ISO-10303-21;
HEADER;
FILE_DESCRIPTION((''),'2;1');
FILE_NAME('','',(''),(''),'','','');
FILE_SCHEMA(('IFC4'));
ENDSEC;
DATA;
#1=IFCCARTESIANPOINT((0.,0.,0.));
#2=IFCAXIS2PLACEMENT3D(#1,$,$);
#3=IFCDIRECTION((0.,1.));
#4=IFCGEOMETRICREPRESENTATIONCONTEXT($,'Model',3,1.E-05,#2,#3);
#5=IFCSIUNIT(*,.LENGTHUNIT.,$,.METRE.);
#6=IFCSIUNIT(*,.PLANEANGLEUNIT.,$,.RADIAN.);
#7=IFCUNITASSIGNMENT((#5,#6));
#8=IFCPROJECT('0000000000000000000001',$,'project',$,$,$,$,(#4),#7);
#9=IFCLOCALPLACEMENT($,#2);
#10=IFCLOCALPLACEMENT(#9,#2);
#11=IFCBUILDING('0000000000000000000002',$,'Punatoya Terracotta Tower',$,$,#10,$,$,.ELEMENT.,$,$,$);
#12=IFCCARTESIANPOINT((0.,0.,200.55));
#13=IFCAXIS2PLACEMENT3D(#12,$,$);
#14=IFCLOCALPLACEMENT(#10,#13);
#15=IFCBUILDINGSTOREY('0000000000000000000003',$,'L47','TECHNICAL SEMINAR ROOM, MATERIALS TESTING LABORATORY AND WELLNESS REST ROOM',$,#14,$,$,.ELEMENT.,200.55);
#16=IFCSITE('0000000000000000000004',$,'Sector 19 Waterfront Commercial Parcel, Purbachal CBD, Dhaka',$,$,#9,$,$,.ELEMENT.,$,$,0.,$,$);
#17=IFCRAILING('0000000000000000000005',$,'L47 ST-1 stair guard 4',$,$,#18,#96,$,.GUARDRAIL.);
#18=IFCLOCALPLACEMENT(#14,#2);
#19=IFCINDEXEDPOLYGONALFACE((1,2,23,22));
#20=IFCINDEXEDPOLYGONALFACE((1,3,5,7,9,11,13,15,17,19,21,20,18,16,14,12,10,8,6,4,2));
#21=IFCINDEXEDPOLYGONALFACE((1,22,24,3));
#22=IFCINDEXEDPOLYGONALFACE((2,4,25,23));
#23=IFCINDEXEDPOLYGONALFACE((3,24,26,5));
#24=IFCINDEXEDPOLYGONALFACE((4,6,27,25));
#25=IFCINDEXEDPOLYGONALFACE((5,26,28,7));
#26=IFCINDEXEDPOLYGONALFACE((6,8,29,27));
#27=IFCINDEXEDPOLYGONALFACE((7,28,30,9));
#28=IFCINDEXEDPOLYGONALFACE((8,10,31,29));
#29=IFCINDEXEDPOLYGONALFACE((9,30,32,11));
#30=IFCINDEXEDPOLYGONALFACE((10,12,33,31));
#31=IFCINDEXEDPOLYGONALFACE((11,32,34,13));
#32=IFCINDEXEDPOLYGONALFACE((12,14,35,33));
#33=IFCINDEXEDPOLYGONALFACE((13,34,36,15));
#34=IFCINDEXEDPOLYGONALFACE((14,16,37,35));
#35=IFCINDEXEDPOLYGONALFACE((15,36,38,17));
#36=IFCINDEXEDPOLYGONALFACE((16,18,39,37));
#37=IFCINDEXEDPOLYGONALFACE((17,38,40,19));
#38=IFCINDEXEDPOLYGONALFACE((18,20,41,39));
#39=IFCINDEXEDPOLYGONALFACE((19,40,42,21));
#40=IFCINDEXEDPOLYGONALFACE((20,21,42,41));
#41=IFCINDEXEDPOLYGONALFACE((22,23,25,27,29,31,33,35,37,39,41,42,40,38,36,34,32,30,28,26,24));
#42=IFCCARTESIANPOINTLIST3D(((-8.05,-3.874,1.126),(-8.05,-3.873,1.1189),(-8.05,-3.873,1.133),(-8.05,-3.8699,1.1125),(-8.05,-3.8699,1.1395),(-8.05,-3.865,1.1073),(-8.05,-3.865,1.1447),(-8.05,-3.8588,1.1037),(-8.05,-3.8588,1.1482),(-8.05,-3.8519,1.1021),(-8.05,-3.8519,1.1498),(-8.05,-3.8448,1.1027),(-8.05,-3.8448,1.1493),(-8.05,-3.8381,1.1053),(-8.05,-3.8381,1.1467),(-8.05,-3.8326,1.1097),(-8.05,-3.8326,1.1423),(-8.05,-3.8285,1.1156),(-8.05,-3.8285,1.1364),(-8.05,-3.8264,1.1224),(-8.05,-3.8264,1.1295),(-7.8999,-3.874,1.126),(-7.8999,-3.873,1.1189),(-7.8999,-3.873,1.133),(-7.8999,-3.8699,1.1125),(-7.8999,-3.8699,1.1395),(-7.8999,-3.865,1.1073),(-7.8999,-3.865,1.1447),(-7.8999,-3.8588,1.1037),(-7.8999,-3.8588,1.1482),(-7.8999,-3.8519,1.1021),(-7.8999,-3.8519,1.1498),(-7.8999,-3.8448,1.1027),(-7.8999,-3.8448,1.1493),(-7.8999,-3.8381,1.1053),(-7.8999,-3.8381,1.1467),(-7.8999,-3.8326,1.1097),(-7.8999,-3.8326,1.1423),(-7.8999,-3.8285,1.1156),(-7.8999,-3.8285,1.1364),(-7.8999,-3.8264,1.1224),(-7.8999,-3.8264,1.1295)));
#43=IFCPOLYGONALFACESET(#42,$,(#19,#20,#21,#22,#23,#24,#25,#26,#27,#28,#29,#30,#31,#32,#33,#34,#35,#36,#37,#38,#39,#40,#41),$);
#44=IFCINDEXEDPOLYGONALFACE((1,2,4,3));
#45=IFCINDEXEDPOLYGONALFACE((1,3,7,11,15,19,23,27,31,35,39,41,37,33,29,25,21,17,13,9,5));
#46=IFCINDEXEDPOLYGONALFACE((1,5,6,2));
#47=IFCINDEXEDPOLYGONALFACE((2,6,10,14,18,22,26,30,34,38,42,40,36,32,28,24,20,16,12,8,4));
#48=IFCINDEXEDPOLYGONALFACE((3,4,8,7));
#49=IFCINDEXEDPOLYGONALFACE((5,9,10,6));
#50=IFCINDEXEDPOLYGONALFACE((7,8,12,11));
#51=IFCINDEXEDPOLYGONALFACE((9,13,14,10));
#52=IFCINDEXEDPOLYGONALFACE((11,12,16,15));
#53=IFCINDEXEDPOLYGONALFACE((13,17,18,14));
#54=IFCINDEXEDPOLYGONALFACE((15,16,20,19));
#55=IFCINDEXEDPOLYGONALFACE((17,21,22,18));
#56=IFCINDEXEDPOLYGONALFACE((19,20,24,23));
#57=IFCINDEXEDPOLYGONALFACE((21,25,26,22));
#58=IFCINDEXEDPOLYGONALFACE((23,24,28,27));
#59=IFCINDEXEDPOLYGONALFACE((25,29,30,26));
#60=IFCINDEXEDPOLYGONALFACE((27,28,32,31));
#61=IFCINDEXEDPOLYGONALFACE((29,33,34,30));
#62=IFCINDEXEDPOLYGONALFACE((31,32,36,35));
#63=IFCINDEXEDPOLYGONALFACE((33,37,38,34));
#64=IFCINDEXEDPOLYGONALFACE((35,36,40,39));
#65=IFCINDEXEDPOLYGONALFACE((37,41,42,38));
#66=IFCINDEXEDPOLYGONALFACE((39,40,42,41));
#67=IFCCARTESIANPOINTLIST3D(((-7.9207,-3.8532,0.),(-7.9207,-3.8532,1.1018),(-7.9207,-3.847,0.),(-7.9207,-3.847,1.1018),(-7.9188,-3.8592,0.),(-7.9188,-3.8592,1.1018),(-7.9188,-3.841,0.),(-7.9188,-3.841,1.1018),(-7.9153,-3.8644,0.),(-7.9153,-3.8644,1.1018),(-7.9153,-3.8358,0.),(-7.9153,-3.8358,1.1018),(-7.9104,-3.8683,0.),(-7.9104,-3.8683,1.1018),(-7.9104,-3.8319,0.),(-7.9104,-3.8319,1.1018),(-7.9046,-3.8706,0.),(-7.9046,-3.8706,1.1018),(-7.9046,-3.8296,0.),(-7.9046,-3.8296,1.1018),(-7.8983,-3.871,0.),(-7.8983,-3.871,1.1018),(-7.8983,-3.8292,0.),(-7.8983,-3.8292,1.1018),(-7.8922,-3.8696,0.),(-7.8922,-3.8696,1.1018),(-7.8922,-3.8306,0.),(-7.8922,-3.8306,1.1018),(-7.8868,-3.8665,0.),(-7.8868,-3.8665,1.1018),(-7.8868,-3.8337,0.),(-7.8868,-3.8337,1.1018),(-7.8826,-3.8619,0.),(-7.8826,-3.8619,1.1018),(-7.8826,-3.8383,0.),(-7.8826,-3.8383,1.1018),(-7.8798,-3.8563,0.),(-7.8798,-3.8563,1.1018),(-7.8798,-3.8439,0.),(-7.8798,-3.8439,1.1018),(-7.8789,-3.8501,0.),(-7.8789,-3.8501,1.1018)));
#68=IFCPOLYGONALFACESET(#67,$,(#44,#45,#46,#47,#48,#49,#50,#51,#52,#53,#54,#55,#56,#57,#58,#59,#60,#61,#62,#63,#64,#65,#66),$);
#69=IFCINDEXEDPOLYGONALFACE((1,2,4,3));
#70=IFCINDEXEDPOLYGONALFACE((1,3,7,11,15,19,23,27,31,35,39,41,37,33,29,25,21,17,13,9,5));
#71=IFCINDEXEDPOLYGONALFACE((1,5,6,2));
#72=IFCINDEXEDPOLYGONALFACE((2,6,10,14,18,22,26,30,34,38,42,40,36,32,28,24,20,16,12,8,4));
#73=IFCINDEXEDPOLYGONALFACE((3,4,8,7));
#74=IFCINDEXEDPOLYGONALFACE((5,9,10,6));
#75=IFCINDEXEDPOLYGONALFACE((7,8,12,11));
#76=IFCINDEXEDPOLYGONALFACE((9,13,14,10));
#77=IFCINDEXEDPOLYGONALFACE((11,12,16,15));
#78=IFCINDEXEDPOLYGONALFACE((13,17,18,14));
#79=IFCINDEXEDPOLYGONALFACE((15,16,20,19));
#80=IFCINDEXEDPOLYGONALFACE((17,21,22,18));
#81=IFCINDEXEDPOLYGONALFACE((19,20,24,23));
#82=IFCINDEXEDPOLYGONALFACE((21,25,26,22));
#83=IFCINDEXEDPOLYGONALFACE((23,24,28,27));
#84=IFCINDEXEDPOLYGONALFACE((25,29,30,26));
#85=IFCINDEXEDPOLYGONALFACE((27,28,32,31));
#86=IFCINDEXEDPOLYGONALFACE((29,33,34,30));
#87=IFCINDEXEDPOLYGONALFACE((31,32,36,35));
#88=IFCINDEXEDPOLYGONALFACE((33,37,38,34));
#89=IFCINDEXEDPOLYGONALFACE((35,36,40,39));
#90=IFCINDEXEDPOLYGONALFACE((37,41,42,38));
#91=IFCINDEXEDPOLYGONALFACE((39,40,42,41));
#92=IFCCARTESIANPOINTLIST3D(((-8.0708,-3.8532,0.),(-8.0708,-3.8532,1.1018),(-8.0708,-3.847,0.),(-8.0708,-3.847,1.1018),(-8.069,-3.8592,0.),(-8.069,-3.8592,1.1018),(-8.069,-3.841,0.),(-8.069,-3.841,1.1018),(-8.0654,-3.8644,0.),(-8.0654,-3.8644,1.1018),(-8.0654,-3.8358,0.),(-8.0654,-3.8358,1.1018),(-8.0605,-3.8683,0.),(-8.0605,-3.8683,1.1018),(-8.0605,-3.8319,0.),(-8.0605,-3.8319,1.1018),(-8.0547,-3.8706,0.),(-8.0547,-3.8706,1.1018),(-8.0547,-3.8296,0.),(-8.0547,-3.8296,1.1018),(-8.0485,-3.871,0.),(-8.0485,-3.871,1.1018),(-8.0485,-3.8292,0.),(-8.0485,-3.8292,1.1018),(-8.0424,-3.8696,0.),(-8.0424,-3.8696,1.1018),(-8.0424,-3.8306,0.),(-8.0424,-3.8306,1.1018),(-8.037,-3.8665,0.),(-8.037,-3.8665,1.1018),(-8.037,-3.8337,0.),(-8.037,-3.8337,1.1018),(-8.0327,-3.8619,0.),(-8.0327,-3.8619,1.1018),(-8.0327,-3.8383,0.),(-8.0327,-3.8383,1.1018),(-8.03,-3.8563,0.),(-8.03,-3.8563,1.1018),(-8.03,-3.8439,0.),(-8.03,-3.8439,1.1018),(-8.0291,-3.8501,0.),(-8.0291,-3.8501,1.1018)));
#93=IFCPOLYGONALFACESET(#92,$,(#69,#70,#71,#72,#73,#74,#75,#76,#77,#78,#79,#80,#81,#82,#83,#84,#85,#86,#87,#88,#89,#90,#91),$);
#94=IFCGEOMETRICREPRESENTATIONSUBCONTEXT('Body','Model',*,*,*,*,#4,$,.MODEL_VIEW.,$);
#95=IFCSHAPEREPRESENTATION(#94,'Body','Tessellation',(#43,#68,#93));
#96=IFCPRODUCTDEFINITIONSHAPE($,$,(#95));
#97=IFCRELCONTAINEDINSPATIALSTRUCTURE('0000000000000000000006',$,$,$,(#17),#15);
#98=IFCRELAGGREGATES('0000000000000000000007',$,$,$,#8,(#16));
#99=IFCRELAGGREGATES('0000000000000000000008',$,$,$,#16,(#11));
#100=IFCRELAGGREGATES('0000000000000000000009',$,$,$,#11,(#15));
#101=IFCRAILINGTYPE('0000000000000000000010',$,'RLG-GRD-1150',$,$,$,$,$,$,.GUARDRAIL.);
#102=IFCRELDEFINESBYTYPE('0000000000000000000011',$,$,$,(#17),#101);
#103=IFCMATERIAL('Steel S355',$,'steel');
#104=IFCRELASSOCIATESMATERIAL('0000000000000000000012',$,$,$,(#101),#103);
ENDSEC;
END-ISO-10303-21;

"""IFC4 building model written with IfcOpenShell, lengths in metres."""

from ifc_helpers import new_model, si_unit, direction, frame, origin, origin_2d, place, context, subcontext, project, spatial, circle, extrude, material, type_object, element, save


model = new_model("IFC4")

# Units and contexts
model_context = context("Model", 3, precision=1e-05, world=origin(), true_north=direction((0.0, 1.0)))
body_context = subcontext(model_context, "Body", "Model", "MODEL_VIEW")
ifc_project = project(units=[si_unit("LENGTHUNIT", "METRE"), si_unit("PLANEANGLEUNIT", "RADIAN")], contexts=[model_context])

# Site, building, storey
site_placement = place(None, origin())
site = spatial("IfcSite", under=ifc_project, at=site_placement, Name="Sector 19 Waterfront Commercial Parcel, Purbachal CBD, Dhaka", CompositionType="ELEMENT", RefElevation=0.0)
building_placement = place(site_placement, origin())
building = spatial("IfcBuilding", under=site, at=building_placement, Name="Punatoya Terracotta Tower", CompositionType="ELEMENT")
storey_placement = place(building_placement, frame((0.0, 0.0, 200.55)))
storey = spatial("IfcBuildingStorey", under=building, at=storey_placement, Name="L47", Description="TECHNICAL SEMINAR ROOM, MATERIALS TESTING LABORATORY AND WELLNESS REST ROOM", CompositionType="ELEMENT", Elevation=200.55)

# Shared definitions
ifc_material_1 = material(Name="Steel S355", Category="steel")

# Railing
railing_type_1 = type_object("IfcRailingType", Name="RLG-GRD-1150", PredefinedType="GUARDRAIL", material=ifc_material_1)
railing_1_placement = place(storey_placement, frame((-7.8999, -3.8501, 0.0)))
element("IfcRailing", 1, at=railing_1_placement, inside=storey, type_object=railing_type_1, Name="L47 ST-1 stair guard 4", PredefinedType="GUARDRAIL", context=body_context, shape_type="SweptSolid", body=[
    extrude(circle(Radius=0.0239, at=origin_2d()), frame((0.0, 0.0, 1.126), z_axis=(-1.0, 0.0, 0.0), x_axis=(0.0, -1.0, 0.0)), (0.0, 0.0, 1.0), 0.1501),
    extrude(circle(Radius=0.021, at=origin_2d()), origin(), (0.0, 0.0, 1.0), 1.1018),
    extrude(circle(Radius=0.021, at=origin_2d()), frame((-0.1501, 0.0, 0.0)), (0.0, 0.0, 1.0), 1.1018),
])

save(model, "model.ifc")
